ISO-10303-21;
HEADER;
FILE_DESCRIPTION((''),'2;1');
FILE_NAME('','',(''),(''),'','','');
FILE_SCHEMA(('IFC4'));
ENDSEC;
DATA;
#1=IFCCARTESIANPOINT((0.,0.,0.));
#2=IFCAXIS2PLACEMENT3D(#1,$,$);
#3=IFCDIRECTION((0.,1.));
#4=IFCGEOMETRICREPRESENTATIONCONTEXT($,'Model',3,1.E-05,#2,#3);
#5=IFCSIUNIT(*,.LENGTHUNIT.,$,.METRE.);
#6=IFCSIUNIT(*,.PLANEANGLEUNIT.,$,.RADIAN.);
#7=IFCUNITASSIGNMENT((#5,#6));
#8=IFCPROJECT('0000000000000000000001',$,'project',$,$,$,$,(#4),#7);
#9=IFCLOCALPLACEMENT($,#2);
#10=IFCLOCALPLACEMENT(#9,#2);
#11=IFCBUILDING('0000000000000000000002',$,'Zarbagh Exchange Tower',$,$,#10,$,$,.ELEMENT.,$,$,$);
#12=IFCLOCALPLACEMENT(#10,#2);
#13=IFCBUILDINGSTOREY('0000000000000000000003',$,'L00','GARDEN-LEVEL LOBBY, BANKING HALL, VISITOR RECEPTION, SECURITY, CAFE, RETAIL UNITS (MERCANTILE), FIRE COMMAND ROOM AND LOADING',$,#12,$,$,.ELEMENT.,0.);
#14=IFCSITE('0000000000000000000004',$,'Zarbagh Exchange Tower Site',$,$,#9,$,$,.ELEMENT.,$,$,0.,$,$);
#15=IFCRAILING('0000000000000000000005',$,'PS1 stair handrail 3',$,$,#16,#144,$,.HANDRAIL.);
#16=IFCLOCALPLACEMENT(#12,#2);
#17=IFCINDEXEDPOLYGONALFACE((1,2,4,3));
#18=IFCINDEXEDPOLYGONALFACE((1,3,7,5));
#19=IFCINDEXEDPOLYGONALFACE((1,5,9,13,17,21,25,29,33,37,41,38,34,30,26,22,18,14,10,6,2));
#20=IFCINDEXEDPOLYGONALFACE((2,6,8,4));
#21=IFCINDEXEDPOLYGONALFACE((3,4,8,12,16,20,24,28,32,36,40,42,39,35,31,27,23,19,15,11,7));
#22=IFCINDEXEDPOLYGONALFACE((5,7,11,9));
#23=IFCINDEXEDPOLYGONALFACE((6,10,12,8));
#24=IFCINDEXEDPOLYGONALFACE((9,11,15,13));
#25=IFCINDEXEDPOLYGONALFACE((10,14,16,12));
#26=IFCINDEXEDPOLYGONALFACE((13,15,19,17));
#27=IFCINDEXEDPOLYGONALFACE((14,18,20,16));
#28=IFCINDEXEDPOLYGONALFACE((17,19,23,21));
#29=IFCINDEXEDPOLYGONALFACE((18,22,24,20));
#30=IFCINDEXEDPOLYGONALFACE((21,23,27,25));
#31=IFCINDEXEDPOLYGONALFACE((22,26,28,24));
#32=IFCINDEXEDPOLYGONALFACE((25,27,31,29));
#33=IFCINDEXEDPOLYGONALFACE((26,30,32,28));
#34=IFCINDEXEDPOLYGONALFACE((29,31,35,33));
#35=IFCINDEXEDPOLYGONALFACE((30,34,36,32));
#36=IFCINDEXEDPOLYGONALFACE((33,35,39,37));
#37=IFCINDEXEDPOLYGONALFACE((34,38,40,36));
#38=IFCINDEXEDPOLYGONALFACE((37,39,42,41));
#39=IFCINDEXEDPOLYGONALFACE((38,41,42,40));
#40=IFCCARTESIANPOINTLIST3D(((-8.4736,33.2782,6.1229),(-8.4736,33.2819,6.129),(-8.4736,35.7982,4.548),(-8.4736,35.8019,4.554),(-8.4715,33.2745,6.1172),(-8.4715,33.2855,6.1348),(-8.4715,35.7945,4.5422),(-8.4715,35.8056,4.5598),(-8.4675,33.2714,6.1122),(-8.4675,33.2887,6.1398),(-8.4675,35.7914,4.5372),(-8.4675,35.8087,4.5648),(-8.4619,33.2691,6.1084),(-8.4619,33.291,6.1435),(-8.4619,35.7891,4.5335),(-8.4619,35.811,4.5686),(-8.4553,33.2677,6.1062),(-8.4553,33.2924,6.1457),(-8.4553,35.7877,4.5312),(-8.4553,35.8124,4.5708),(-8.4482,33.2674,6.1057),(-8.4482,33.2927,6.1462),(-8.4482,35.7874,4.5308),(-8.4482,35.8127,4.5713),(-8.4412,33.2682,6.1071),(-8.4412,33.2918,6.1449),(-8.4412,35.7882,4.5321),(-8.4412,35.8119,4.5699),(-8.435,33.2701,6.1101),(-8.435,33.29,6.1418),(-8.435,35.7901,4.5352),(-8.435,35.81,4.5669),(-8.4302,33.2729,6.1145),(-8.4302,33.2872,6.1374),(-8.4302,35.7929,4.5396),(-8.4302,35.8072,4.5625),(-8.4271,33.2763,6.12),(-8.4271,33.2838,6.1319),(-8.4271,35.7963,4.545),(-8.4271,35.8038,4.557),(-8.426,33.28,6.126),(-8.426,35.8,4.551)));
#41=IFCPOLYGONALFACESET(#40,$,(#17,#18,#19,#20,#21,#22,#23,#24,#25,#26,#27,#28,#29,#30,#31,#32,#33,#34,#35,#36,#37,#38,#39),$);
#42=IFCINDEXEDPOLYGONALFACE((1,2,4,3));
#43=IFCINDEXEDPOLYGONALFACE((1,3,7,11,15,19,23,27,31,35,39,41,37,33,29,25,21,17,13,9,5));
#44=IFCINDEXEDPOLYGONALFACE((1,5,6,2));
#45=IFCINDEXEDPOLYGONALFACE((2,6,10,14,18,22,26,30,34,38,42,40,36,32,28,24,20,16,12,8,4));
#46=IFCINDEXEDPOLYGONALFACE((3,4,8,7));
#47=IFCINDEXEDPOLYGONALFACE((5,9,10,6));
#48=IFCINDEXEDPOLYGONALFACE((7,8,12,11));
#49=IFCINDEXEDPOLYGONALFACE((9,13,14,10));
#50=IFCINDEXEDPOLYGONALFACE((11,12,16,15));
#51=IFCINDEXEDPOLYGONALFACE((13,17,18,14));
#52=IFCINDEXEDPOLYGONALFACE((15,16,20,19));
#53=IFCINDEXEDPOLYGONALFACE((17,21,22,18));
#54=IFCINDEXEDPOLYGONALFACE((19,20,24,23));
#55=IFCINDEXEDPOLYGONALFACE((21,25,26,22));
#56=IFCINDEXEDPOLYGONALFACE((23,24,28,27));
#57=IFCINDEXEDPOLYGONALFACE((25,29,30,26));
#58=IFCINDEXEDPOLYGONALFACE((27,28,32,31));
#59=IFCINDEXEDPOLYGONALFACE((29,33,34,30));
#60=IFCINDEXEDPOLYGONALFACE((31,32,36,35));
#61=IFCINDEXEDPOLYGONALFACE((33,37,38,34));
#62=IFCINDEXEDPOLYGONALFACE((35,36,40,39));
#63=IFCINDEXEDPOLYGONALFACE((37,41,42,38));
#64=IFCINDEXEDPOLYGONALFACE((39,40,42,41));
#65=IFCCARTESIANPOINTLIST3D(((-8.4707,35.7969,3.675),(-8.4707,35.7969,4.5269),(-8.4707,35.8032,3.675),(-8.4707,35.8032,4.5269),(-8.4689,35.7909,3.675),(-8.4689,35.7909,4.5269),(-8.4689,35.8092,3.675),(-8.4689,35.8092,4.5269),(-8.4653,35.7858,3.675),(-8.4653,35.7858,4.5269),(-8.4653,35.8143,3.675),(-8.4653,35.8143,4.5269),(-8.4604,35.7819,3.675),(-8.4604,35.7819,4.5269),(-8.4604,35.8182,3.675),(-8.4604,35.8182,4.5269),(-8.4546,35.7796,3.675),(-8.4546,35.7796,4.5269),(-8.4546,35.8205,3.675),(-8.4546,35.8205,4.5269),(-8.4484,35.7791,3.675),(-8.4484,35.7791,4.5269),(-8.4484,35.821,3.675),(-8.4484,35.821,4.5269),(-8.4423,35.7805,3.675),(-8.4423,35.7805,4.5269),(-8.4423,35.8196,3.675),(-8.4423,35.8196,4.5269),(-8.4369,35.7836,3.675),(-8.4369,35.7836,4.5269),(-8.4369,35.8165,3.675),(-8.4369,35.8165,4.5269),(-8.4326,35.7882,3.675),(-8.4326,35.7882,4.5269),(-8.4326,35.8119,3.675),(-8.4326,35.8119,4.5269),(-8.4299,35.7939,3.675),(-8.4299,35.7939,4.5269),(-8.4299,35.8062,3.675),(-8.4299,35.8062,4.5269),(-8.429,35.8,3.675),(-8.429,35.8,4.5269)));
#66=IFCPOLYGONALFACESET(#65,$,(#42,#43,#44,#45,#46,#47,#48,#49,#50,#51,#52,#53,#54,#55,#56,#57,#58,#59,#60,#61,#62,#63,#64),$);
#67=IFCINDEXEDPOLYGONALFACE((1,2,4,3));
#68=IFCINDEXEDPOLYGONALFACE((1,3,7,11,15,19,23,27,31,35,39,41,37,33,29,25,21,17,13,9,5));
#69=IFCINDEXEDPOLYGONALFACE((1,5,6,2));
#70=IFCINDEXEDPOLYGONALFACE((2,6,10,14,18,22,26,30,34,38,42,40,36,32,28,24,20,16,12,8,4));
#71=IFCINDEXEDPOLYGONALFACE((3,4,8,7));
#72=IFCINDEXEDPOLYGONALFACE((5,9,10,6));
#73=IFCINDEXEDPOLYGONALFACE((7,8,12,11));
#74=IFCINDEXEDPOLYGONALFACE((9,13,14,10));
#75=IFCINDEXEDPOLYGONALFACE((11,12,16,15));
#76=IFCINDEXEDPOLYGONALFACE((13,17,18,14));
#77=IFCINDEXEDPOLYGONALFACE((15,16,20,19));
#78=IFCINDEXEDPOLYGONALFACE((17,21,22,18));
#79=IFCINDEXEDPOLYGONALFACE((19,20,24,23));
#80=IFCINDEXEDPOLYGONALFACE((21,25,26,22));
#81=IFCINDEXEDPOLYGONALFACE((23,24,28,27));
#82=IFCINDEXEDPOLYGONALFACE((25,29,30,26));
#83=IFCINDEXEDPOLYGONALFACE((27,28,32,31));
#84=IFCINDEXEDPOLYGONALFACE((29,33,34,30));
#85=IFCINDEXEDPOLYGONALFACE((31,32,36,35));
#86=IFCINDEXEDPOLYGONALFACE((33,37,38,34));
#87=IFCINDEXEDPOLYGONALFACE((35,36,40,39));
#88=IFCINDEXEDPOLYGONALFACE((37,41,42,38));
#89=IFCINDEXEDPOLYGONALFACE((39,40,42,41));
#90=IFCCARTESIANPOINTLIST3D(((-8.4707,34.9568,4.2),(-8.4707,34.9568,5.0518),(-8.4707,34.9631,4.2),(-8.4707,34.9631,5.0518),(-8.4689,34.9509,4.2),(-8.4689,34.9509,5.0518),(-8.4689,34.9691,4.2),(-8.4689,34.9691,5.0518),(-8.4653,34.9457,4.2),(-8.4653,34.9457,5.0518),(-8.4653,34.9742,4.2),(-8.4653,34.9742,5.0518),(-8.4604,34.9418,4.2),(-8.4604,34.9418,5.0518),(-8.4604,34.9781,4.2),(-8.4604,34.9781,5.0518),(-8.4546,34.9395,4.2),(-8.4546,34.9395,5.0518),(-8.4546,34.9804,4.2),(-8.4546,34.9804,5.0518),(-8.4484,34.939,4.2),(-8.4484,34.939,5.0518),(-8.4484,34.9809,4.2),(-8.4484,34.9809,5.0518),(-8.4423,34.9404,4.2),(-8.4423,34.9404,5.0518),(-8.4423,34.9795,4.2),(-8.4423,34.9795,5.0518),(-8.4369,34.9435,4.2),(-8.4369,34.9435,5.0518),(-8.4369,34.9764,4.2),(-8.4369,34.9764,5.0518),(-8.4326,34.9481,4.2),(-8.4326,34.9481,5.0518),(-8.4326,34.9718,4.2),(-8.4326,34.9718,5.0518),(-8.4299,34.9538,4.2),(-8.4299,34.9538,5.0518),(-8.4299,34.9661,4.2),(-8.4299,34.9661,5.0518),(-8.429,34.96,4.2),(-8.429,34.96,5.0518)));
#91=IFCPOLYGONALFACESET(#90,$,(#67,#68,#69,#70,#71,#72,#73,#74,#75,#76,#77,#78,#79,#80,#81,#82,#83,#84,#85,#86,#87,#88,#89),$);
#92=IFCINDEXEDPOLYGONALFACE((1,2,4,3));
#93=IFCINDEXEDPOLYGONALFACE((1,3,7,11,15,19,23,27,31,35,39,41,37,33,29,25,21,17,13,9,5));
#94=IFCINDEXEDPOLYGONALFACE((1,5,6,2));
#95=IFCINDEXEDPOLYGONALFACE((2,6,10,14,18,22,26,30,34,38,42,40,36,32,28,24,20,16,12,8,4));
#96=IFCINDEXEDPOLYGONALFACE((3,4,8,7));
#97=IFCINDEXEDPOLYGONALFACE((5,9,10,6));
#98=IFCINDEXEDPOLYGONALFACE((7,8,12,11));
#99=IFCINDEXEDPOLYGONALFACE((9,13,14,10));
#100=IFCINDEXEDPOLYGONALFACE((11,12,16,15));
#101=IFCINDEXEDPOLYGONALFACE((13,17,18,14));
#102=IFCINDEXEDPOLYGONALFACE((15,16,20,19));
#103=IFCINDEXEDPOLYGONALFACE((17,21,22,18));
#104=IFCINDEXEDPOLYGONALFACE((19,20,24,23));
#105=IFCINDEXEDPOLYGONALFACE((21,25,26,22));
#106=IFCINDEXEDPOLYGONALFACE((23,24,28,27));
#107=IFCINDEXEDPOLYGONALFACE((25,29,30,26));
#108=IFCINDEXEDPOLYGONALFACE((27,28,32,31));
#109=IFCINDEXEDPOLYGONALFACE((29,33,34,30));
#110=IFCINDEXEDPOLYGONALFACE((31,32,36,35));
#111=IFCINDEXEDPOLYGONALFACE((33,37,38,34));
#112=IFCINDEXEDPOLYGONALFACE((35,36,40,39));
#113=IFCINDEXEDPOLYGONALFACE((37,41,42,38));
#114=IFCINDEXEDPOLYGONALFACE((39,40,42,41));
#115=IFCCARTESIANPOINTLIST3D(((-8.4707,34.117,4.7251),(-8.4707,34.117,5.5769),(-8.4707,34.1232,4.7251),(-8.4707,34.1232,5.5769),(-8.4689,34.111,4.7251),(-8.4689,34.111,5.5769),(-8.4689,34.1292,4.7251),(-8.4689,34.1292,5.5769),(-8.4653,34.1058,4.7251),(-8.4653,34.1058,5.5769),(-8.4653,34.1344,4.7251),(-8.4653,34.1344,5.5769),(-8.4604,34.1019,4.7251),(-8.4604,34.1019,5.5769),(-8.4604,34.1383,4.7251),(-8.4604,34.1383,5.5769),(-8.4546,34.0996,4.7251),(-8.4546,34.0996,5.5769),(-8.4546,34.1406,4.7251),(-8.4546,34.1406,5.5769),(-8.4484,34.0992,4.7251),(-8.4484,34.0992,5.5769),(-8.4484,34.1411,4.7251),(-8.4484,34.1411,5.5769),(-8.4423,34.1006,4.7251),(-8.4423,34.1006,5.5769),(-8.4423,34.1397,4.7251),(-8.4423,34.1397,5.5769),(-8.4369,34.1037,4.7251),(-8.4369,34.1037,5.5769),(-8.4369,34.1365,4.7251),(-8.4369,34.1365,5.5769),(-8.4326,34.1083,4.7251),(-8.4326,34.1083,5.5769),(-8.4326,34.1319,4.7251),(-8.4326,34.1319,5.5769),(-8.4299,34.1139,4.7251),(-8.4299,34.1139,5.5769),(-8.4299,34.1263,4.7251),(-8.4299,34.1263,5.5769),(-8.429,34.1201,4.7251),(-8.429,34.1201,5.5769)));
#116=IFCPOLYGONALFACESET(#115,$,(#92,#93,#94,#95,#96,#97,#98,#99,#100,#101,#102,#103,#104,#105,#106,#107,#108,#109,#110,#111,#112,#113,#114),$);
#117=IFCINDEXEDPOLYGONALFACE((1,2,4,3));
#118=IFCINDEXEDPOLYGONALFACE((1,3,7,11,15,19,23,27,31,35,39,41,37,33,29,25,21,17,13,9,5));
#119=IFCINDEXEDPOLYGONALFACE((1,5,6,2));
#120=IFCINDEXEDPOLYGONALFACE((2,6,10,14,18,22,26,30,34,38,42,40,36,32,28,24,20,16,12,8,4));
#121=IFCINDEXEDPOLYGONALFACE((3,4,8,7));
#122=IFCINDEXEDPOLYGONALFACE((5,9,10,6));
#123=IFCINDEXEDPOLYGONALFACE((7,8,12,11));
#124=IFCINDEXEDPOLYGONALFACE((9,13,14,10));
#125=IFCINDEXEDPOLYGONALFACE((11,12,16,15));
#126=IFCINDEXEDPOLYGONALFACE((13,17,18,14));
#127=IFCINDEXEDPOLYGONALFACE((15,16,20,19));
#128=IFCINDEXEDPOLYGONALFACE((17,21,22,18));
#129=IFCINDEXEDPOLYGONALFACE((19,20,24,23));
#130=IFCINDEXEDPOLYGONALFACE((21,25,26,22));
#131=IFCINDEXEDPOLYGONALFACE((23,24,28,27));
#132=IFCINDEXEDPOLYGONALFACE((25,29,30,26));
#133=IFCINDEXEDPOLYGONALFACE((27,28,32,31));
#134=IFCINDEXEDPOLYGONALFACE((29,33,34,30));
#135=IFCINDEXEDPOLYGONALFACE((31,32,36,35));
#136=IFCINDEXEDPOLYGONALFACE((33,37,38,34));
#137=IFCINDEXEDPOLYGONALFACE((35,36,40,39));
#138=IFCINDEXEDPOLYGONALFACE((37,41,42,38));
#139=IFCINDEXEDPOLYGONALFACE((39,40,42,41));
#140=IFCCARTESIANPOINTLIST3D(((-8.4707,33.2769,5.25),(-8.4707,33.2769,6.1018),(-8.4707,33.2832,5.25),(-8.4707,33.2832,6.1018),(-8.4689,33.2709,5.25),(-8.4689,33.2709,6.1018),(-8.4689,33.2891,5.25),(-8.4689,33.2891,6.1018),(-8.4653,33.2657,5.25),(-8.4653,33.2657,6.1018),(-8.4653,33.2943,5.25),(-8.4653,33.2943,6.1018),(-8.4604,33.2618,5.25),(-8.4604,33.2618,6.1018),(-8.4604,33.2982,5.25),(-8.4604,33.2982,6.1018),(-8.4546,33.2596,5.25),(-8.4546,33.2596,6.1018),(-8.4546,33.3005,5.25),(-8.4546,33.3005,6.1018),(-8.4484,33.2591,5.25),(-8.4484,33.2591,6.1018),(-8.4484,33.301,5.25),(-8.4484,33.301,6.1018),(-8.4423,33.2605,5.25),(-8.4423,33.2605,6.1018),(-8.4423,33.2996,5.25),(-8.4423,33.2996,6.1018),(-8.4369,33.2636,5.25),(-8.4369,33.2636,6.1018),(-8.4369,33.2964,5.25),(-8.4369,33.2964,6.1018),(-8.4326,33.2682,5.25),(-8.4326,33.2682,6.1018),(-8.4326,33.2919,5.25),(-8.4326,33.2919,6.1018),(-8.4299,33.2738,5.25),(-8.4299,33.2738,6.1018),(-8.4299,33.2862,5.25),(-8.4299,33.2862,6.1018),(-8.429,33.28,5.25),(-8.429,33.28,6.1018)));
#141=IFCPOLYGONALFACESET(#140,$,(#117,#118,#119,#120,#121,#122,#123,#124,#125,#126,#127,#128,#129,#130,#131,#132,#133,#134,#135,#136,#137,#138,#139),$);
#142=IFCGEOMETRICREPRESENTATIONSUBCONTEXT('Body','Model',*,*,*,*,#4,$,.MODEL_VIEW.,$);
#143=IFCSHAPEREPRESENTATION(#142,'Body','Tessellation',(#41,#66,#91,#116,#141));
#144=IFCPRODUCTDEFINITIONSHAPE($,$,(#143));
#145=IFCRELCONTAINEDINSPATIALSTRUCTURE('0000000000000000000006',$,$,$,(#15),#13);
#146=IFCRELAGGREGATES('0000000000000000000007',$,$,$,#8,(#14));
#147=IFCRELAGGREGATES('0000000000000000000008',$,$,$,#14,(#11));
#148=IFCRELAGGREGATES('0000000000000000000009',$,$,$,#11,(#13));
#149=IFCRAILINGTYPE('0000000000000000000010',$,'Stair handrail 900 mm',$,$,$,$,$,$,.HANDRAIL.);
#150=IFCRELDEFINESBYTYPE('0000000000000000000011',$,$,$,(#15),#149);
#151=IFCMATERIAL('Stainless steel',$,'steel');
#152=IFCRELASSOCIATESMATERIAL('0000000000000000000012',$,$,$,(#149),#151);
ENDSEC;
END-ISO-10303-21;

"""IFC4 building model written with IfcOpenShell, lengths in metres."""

from ifc_helpers import new_model, si_unit, direction, frame, origin, origin_2d, place, context, subcontext, project, spatial, circle, extrude, material, type_object, element, save


model = new_model("IFC4")

# Units and contexts
model_context = context("Model", 3, precision=1e-05, world=origin(), true_north=direction((0.0, 1.0)))
body_context = subcontext(model_context, "Body", "Model", "MODEL_VIEW")
ifc_project = project(units=[si_unit("LENGTHUNIT", "METRE"), si_unit("PLANEANGLEUNIT", "RADIAN")], contexts=[model_context])

# Site, building, storey
site_placement = place(None, origin())
site = spatial("IfcSite", under=ifc_project, at=site_placement, Name="Zarbagh Exchange Tower Site", CompositionType="ELEMENT", RefElevation=0.0)
building_placement = place(site_placement, origin())
building = spatial("IfcBuilding", under=site, at=building_placement, Name="Zarbagh Exchange Tower", CompositionType="ELEMENT")
storey_placement = place(building_placement, origin())
storey = spatial("IfcBuildingStorey", under=building, at=storey_placement, Name="L00", Description="GARDEN-LEVEL LOBBY, BANKING HALL, VISITOR RECEPTION, SECURITY, CAFE, RETAIL UNITS (MERCANTILE), FIRE COMMAND ROOM AND LOADING", CompositionType="ELEMENT", Elevation=0.0)

# Railing
ifc_material_1 = material(Name="Stainless steel", Category="steel")
railing_type_1 = type_object("IfcRailingType", Name="Stair handrail 900 mm", PredefinedType="HANDRAIL", material=ifc_material_1)
for number, where, name in (
    (1, (-8.45, 35.8, 3.675), "PS1 stair handrail 3"),
):
    element("IfcRailing", number, at=place(storey_placement, frame(where)), inside=storey, type_object=railing_type_1, Name=name, PredefinedType="HANDRAIL", context=body_context, shape_type="SweptSolid", body=[
        extrude(circle(Radius=0.0239, at=origin_2d()), frame((0.0, 0.0, 0.876), z_axis=(0.0, -0.848008, 0.529984), x_axis=(1.0, 0.0, 0.0)), (0.0, 0.0, 1.0), 2.9717),
        extrude(circle(Radius=0.021, at=origin_2d()), origin(), (0.0, 0.0, 1.0), 0.8518),
        extrude(circle(Radius=0.021, at=origin_2d()), frame((0.0, -0.8401, 0.5249)), (0.0, 0.0, 1.0), 0.8518),
        extrude(circle(Radius=0.021, at=origin_2d()), frame((0.0, -1.6799, 1.05)), (0.0, 0.0, 1.0), 0.8518),
        extrude(circle(Radius=0.021, at=origin_2d()), frame((0.0, -2.52, 1.575)), (0.0, 0.0, 1.0), 0.8518),
    ])

save(model, "model.ifc")
